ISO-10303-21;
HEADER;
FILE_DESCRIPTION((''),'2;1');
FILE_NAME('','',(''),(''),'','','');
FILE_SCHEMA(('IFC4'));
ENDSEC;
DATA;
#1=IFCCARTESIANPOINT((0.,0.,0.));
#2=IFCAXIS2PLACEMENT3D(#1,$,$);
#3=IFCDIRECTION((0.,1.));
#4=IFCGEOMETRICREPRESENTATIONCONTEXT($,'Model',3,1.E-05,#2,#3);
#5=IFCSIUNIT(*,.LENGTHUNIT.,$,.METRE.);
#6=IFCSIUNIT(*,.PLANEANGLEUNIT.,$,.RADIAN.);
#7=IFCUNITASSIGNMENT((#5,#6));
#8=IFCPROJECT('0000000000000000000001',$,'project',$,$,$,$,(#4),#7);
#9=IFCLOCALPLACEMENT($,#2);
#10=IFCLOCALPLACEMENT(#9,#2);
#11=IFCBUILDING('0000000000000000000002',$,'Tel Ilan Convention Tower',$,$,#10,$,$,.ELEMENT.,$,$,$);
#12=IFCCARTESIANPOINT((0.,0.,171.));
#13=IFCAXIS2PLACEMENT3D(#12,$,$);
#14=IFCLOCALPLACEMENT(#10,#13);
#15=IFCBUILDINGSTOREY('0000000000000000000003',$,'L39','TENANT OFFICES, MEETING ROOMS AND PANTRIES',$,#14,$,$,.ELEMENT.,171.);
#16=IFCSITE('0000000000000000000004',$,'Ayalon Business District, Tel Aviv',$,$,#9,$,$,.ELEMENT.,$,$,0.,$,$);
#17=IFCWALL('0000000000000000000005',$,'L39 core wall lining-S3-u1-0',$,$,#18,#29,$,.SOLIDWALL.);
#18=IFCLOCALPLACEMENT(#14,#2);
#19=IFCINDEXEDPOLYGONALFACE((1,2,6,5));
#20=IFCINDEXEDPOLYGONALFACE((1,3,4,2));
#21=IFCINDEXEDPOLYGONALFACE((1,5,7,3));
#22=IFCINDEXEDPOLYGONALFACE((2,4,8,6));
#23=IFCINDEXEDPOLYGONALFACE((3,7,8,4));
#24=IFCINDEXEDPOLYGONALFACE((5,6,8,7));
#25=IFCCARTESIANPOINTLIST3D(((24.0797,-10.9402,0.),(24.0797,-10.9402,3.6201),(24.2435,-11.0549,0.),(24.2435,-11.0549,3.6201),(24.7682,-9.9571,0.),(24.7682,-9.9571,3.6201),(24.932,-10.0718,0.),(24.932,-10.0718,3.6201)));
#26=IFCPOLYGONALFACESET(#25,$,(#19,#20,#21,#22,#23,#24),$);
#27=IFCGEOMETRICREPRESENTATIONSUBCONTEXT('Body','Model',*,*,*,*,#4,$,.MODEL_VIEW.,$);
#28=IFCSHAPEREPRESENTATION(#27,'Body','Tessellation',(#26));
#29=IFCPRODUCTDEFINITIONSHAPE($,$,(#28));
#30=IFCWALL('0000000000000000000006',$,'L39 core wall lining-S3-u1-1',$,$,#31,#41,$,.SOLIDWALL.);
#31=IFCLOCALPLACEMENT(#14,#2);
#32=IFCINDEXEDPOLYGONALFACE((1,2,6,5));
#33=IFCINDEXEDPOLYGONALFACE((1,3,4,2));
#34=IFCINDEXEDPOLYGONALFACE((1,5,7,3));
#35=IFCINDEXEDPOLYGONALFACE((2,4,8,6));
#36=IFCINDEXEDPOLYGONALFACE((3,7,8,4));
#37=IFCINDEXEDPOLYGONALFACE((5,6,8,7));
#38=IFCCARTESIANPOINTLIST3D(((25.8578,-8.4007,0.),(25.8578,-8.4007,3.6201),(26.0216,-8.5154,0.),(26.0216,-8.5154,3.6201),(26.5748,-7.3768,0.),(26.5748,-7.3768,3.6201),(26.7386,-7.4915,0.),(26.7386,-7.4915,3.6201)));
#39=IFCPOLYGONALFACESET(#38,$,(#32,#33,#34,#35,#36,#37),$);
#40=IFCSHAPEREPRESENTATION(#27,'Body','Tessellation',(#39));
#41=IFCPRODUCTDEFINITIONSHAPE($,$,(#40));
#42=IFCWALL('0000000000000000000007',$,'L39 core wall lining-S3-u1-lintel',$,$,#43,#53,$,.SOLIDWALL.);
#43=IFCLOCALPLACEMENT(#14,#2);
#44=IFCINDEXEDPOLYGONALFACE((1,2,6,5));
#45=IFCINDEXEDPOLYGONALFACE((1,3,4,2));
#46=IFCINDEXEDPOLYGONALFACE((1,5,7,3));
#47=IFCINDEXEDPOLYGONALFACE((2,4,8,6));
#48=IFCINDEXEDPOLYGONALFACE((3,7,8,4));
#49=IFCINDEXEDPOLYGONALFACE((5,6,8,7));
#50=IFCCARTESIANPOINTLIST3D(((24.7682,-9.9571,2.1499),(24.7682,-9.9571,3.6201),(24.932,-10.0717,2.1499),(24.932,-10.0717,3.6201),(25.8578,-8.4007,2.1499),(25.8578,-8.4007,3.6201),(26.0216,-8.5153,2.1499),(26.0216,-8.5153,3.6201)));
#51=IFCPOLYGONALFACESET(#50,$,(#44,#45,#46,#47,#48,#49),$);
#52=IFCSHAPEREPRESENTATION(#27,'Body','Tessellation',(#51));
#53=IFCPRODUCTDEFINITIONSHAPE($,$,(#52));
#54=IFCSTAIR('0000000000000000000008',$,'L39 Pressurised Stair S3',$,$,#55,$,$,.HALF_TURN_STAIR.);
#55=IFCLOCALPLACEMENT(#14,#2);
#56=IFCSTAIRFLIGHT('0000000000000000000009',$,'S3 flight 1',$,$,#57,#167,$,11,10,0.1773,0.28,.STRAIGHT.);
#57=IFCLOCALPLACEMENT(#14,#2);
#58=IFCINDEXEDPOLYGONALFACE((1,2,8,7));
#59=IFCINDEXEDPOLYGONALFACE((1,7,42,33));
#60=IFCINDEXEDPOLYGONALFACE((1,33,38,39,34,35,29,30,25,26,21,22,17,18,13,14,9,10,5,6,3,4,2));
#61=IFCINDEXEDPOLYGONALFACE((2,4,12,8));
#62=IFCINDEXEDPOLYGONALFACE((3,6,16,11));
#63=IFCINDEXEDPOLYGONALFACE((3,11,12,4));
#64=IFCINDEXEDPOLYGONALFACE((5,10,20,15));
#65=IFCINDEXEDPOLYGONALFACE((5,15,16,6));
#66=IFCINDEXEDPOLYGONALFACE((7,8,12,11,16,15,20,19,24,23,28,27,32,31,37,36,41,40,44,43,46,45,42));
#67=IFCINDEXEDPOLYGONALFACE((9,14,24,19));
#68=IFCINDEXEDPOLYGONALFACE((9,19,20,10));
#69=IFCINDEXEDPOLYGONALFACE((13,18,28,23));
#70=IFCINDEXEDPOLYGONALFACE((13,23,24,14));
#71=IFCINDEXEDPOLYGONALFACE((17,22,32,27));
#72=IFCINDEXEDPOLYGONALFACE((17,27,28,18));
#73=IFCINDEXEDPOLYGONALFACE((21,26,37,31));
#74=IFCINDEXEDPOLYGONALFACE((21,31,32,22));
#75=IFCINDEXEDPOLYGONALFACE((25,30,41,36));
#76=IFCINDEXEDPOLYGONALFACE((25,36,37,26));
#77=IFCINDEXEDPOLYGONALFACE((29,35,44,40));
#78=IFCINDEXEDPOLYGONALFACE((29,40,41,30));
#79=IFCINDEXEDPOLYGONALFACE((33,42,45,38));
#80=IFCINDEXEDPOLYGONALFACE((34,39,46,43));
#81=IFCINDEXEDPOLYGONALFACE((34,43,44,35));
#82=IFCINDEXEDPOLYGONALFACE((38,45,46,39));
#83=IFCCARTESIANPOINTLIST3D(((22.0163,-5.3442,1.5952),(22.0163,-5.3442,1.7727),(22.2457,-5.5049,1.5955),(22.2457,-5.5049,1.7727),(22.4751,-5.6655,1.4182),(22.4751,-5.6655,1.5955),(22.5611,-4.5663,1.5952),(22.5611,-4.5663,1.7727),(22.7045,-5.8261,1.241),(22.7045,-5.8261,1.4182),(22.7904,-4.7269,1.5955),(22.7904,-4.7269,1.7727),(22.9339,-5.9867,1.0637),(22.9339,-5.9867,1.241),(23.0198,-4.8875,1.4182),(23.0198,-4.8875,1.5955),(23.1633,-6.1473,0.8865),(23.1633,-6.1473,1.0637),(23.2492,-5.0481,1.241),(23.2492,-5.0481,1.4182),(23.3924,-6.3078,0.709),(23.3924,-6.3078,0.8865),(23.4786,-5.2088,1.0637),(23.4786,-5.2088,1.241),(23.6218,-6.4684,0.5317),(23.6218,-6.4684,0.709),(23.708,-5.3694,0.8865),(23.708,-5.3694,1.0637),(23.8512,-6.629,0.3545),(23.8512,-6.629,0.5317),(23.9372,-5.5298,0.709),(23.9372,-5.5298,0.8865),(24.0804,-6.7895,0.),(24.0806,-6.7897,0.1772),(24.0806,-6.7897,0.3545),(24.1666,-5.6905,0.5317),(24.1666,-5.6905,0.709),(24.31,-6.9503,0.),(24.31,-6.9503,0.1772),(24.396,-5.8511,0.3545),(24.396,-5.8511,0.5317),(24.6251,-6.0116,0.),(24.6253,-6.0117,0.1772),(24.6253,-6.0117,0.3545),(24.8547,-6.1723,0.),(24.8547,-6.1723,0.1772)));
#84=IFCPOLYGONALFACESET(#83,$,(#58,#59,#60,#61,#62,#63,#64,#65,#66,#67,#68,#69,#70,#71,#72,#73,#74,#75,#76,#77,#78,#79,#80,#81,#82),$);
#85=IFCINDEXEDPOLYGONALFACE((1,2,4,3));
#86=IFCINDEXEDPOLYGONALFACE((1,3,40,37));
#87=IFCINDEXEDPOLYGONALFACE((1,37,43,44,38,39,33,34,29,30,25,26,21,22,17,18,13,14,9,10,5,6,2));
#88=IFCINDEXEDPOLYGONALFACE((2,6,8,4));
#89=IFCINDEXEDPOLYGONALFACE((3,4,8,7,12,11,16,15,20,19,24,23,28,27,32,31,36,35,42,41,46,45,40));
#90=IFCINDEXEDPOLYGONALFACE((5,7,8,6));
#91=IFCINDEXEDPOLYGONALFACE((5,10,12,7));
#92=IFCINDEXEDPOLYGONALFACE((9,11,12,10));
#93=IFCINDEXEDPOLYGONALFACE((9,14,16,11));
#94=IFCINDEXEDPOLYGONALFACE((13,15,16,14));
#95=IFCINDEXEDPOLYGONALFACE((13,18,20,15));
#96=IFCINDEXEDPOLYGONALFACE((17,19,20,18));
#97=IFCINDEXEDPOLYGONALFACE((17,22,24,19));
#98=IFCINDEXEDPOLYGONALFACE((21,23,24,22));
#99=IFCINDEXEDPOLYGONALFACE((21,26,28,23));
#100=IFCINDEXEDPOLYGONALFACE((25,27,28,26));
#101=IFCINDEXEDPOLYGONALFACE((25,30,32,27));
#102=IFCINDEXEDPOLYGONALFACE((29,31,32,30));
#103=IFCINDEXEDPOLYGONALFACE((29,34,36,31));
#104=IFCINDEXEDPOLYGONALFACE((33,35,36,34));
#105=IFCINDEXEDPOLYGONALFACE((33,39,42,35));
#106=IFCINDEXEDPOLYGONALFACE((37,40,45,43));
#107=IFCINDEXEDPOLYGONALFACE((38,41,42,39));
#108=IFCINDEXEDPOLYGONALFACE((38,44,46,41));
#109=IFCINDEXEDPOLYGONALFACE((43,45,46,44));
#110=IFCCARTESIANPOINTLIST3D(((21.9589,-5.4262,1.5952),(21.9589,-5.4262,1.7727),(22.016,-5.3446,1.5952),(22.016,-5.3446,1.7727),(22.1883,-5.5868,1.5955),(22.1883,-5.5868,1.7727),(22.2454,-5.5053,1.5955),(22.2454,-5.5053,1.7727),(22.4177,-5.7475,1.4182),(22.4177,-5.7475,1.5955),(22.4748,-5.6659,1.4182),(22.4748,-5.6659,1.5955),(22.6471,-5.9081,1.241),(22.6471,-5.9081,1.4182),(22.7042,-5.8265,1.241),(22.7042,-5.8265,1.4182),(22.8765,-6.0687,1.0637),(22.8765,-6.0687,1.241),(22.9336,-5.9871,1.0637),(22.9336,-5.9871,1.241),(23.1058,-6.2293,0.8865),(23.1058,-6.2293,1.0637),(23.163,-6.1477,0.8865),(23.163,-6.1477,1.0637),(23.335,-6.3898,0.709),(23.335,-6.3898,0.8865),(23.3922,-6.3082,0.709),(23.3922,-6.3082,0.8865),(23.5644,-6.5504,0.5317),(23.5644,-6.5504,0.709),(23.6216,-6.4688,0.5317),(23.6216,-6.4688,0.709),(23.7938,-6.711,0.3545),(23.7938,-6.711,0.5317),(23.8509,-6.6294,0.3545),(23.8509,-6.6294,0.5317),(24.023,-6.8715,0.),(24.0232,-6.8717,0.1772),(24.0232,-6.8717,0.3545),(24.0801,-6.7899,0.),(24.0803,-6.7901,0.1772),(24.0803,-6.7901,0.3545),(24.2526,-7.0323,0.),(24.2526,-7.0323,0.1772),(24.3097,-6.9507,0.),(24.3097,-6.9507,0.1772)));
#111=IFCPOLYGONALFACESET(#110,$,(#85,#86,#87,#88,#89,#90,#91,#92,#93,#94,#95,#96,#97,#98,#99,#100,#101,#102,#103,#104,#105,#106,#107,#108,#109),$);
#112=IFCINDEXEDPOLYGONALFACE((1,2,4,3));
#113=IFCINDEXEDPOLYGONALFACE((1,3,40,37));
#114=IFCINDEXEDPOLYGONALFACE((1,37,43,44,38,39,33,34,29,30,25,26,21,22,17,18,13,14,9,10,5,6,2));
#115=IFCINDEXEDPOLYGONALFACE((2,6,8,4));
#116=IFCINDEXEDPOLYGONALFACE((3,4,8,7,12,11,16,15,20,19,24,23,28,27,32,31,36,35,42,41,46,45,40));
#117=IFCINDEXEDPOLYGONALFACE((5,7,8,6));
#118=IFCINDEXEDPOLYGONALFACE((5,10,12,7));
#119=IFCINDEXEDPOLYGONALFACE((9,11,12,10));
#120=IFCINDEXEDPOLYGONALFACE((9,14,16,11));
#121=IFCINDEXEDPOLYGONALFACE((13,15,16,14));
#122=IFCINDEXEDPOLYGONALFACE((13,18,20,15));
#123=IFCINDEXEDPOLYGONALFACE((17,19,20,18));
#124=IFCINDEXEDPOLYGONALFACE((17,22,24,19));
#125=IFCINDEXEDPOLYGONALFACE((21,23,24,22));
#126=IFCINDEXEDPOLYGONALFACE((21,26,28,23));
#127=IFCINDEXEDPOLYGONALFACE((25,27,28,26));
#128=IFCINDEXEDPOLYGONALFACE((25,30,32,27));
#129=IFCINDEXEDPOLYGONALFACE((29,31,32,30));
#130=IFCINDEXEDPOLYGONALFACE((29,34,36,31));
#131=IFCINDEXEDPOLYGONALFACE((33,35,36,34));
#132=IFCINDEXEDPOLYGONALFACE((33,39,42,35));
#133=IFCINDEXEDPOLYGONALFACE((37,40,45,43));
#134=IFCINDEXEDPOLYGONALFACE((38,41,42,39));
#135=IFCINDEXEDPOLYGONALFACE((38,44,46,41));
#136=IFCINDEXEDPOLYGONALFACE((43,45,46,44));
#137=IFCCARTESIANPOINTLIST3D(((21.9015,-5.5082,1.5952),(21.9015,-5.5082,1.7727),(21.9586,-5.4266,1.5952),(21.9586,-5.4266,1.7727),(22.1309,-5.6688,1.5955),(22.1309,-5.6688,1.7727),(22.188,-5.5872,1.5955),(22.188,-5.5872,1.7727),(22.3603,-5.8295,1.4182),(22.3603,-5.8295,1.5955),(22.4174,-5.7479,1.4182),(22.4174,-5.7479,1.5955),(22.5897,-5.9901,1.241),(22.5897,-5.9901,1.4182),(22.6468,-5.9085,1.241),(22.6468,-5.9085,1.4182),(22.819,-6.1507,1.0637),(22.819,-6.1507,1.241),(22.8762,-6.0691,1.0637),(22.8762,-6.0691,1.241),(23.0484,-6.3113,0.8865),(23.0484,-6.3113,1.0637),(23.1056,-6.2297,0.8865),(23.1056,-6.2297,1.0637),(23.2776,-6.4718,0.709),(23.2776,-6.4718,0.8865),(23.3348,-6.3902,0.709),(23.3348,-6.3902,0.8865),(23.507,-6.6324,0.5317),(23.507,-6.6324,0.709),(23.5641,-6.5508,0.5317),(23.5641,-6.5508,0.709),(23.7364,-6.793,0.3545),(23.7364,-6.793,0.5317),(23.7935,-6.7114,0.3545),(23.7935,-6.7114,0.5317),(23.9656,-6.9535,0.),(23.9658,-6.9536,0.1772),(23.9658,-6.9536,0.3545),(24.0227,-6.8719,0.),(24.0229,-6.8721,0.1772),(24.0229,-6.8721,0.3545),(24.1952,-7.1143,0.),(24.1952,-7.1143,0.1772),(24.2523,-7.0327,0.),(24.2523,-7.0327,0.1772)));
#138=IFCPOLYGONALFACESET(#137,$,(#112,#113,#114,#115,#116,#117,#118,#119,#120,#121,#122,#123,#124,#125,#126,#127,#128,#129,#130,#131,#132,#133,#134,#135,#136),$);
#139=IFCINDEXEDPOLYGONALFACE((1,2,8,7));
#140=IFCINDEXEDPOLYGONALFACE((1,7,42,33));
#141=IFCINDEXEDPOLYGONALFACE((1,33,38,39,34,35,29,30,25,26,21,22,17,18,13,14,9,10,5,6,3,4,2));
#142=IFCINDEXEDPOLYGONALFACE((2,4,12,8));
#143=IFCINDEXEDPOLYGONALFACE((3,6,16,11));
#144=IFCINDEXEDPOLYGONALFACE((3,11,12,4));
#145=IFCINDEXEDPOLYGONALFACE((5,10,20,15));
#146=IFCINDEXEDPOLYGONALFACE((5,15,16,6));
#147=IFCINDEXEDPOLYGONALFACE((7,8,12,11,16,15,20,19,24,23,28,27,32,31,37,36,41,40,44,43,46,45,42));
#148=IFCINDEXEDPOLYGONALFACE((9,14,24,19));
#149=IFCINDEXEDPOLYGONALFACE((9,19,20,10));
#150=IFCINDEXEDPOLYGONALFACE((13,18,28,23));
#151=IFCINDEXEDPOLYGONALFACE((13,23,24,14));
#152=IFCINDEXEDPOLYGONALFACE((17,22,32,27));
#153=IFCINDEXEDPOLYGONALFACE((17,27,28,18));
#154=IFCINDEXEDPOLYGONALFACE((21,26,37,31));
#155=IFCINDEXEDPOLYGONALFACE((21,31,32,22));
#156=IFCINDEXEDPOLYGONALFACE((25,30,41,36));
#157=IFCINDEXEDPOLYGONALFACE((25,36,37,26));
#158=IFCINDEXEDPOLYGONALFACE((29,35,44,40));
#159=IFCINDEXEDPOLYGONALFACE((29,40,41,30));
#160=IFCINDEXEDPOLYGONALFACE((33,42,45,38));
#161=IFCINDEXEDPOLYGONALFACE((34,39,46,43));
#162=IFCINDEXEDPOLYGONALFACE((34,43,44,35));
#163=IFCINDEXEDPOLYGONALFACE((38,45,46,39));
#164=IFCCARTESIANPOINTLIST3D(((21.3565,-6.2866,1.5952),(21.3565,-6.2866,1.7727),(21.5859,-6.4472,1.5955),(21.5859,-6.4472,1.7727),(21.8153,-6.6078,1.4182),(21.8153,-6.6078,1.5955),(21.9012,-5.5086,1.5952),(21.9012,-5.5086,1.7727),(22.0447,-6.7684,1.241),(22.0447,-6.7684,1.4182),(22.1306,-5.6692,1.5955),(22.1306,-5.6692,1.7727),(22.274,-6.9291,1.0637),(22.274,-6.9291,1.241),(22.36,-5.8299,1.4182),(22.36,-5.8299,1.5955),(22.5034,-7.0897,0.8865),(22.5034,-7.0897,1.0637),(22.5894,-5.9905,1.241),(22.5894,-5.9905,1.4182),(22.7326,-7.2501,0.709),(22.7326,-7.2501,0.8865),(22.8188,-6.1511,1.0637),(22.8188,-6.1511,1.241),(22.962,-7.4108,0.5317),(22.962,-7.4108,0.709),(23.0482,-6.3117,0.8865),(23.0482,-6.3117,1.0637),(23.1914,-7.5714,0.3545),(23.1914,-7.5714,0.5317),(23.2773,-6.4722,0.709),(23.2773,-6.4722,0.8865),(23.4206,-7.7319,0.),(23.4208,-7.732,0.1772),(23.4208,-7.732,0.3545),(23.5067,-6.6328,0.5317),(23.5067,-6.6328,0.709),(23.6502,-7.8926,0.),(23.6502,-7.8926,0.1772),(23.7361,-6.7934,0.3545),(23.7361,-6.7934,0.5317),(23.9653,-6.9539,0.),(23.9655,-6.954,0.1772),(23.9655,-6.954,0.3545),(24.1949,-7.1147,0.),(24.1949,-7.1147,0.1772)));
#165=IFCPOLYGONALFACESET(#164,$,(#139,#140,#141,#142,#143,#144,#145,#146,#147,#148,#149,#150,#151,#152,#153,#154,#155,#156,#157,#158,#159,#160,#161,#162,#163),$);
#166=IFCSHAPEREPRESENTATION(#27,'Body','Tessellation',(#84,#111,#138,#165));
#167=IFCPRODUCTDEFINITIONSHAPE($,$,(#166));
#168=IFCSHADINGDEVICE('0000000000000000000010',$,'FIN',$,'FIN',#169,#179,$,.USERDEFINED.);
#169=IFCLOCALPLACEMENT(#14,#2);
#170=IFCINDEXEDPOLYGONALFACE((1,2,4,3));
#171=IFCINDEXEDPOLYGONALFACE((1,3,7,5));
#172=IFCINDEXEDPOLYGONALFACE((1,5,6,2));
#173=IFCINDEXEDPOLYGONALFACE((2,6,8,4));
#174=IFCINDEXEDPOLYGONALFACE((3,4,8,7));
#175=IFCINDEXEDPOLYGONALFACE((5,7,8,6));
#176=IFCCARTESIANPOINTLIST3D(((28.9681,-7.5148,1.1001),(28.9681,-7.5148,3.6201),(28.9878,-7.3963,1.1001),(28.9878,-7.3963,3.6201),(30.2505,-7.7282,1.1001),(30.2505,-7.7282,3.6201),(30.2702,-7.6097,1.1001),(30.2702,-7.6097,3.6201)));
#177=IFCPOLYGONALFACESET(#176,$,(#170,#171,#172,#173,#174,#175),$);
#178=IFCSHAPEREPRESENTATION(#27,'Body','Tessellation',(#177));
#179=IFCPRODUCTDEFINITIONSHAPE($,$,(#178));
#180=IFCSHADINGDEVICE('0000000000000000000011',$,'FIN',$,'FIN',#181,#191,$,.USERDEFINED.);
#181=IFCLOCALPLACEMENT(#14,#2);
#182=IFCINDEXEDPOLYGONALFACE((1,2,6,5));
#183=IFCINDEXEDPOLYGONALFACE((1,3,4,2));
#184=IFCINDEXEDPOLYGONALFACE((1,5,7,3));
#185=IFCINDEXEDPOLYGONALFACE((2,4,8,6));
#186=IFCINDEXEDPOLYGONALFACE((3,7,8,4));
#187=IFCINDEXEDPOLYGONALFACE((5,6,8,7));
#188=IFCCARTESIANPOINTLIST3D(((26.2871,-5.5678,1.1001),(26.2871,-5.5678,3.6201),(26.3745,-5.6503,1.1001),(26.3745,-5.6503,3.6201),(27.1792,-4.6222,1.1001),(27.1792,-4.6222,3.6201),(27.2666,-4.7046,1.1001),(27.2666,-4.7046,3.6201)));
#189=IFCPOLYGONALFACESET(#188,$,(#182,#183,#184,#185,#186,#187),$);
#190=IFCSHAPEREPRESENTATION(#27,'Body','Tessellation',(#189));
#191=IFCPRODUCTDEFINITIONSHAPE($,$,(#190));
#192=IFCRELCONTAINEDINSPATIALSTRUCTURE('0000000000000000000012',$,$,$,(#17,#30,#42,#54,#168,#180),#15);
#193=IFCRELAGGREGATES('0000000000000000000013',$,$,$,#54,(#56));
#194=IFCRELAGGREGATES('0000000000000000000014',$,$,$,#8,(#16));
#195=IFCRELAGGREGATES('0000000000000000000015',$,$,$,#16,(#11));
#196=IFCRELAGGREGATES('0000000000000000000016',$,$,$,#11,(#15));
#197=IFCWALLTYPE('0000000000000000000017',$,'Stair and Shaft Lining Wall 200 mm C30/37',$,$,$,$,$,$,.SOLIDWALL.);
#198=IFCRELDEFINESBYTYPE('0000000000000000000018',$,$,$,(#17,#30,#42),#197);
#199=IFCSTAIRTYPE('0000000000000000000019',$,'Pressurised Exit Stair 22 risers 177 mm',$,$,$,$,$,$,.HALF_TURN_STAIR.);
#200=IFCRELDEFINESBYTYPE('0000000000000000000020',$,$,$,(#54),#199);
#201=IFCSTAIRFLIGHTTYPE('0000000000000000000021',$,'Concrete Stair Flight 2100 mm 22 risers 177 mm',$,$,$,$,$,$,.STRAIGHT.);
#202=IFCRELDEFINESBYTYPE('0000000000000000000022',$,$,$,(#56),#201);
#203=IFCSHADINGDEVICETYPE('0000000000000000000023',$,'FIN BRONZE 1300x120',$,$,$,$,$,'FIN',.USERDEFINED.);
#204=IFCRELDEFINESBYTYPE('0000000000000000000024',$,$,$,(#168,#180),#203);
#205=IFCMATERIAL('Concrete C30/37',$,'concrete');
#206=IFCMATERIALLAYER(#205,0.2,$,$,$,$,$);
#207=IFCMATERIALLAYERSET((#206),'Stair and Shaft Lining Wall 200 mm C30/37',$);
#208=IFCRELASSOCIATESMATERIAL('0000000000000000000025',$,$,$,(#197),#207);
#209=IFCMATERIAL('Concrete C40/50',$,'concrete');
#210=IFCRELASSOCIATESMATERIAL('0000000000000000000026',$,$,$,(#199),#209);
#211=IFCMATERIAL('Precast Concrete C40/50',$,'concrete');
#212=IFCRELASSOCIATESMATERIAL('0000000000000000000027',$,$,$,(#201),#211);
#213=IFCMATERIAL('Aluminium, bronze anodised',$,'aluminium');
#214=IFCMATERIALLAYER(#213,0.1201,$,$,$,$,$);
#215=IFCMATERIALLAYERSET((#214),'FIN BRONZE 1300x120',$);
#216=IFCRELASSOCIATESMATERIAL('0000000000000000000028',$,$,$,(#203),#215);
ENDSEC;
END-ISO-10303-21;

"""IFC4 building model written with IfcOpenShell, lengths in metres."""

from ifc_helpers import new_model, si_unit, direction, frame, frame_2d, origin, origin_2d, place, context, subcontext, project, spatial, polyline, rectangle, outline, extrude, material, layer, layer_set, type_object, element, aggregate, save


model = new_model("IFC4")

# Units and contexts
model_context = context("Model", 3, precision=1e-05, world=origin(), true_north=direction((0.0, 1.0)))
body_context = subcontext(model_context, "Body", "Model", "MODEL_VIEW")
ifc_project = project(units=[si_unit("LENGTHUNIT", "METRE"), si_unit("PLANEANGLEUNIT", "RADIAN")], contexts=[model_context])

# Site, building, storey
site_placement = place(None, origin())
site = spatial("IfcSite", under=ifc_project, at=site_placement, Name="Ayalon Business District, Tel Aviv", CompositionType="ELEMENT", RefElevation=0.0)
building_placement = place(site_placement, origin())
building = spatial("IfcBuilding", under=site, at=building_placement, Name="Tel Ilan Convention Tower", CompositionType="ELEMENT")
storey_placement = place(building_placement, frame((0.0, 0.0, 171.0)))
storey = spatial("IfcBuildingStorey", under=building, at=storey_placement, Name="L39", Description="TENANT OFFICES, MEETING ROOMS AND PANTRIES", CompositionType="ELEMENT", Elevation=171.0)

# Walls
ifc_material_1 = material(Name="Concrete C30/37", Category="concrete")
ifc_layer_1 = layer(ifc_material_1, 0.2)
ifc_layer_set_1 = layer_set([ifc_layer_1], Name="Stair and Shaft Lining Wall 200 mm C30/37")
wall_type_1 = type_object("IfcWallType", Name="Stair and Shaft Lining Wall 200 mm C30/37", PredefinedType="SOLIDWALL", material=ifc_layer_set_1)
wall_1_placement = place(storey_placement, frame((24.1616, -10.9976, 0.0), z_axis=(0.0, 0.0, 1.0), x_axis=(0.573613, 0.819127, 0.0)))
element("IfcWall", 1, at=wall_1_placement, inside=storey, type_object=wall_type_1, Name="L39 core wall lining-S3-u1-0", PredefinedType="SOLIDWALL", context=body_context, shape_type="SweptSolid", body=[
    extrude(rectangle(XDim=1.2002, YDim=0.2, at=frame_2d((0.6001, 0.0))), origin(), (0.0, 0.0, 1.0), 3.6201),
])
wall_2_placement = place(storey_placement, frame((25.9397, -8.458, 0.0), z_axis=(0.0, 0.0, 1.0), x_axis=(0.57362, 0.819122, 0.0)))
element("IfcWall", 2, at=wall_2_placement, inside=storey, type_object=wall_type_1, Name="L39 core wall lining-S3-u1-1", PredefinedType="SOLIDWALL", context=body_context, shape_type="SweptSolid", body=[
    extrude(rectangle(XDim=1.25, YDim=0.2, at=frame_2d((0.625, 0.0))), origin(), (0.0, 0.0, 1.0), 3.6201),
])
wall_3_placement = place(storey_placement, frame((24.8501, -10.0144, 2.1499), z_axis=(0.0, 0.0, 1.0), x_axis=(0.573505, 0.819202, 0.0)))
element("IfcWall", 3, at=wall_3_placement, inside=storey, type_object=wall_type_1, Name="L39 core wall lining-S3-u1-lintel", PredefinedType="SOLIDWALL", context=body_context, shape_type="SweptSolid", body=[
    extrude(rectangle(XDim=1.8999, YDim=0.2, at=frame_2d((0.95, 0.0))), origin(), (0.0, 0.0, 1.0), 1.4702),
])

# Stair, stair flight
ifc_material_2 = material(Name="Concrete C40/50", Category="concrete")
stair_type = type_object("IfcStairType", Name="Pressurised Exit Stair 22 risers 177 mm", PredefinedType="HALF_TURN_STAIR", material=ifc_material_2)
stair_placement = place(storey_placement, origin())
stair = element("IfcStair", 4, at=stair_placement, inside=storey, type_object=stair_type, Name="L39 Pressurised Stair S3", PredefinedType="HALF_TURN_STAIR")
ifc_material_3 = material(Name="Precast Concrete C40/50", Category="concrete")
stair_flight_type = type_object("IfcStairFlightType", Name="Concrete Stair Flight 2100 mm 22 risers 177 mm", PredefinedType="STRAIGHT", material=ifc_material_3)
stair_flight_placement = place(storey_placement, frame((24.2524, -7.0325, 0.0), z_axis=(0.0, 0.0, 1.0), x_axis=(-0.819152, 0.573576, 0.0)))
stair_flight = element("IfcStairFlight", 5, at=stair_flight_placement, type_object=stair_flight_type, Name="S3 flight 1", NumberOfRisers=11, NumberOfTreads=10, PredefinedType="STRAIGHT", RiserHeight=0.1773, TreadLength=0.28, context=body_context, shape_type="SweptSolid", body=[
    extrude(outline(polyline([(0.0, 0.0), (0.0, 0.1772), (0.28, 0.1772), (0.28, 0.3545), (0.5601, 0.3545), (0.5601, 0.5317), (0.8401, 0.5317), (0.8401, 0.709), (1.1201, 0.709), (1.1201, 0.8865), (1.3999, 0.8865), (1.3999, 1.0637), (1.6799, 1.0637), (1.6799, 1.241), (1.96, 1.241), (1.96, 1.4182), (2.24, 1.4182), (2.24, 1.5955), (2.52, 1.5955), (2.52, 1.7727), (2.8, 1.7727), (2.8, 1.95), (2.8, 1.5952), (0.2803, 0.0), (0.0, 0.0)])), frame((0.0, -0.1003, 0.0), z_axis=(0.0, -1.0, 0.0), x_axis=(1.0, 0.0, 0.0)), (0.0, 0.0, 1.0), 0.9497),
    extrude(outline(polyline([(0.0, 0.0), (0.0, 0.1772), (0.28, 0.1772), (0.28, 0.3545), (0.5601, 0.3545), (0.5601, 0.5317), (0.8401, 0.5317), (0.8401, 0.709), (1.1201, 0.709), (1.1201, 0.8865), (1.3999, 0.8865), (1.3999, 1.0637), (1.6799, 1.0637), (1.6799, 1.241), (1.96, 1.241), (1.96, 1.4182), (2.24, 1.4182), (2.24, 1.5955), (2.52, 1.5955), (2.52, 1.7727), (2.8, 1.7727), (2.8, 1.95), (2.8, 1.5952), (0.2803, 0.0), (0.0, 0.0)])), frame((0.0, -0.0002, 0.0), z_axis=(0.0, -1.0, 0.0), x_axis=(1.0, 0.0, 0.0)), (0.0, 0.0, 1.0), 0.0996),
    extrude(outline(polyline([(0.0, 0.0), (0.0, 0.1772), (0.28, 0.1772), (0.28, 0.3545), (0.5601, 0.3545), (0.5601, 0.5317), (0.8401, 0.5317), (0.8401, 0.709), (1.1201, 0.709), (1.1201, 0.8865), (1.3999, 0.8865), (1.3999, 1.0637), (1.6799, 1.0637), (1.6799, 1.241), (1.96, 1.241), (1.96, 1.4182), (2.24, 1.4182), (2.24, 1.5955), (2.52, 1.5955), (2.52, 1.7727), (2.8, 1.7727), (2.8, 1.95), (2.8, 1.5952), (0.2803, 0.0), (0.0, 0.0)])), frame((0.0, 0.0999, 0.0), z_axis=(0.0, -1.0, 0.0), x_axis=(1.0, 0.0, 0.0)), (0.0, 0.0, 1.0), 0.0996),
    extrude(outline(polyline([(0.0, 0.0), (0.0, 0.1772), (0.28, 0.1772), (0.28, 0.3545), (0.5601, 0.3545), (0.5601, 0.5317), (0.8401, 0.5317), (0.8401, 0.709), (1.1201, 0.709), (1.1201, 0.8865), (1.3999, 0.8865), (1.3999, 1.0637), (1.6799, 1.0637), (1.6799, 1.241), (1.96, 1.241), (1.96, 1.4182), (2.24, 1.4182), (2.24, 1.5955), (2.52, 1.5955), (2.52, 1.7727), (2.8, 1.7727), (2.8, 1.95), (2.8, 1.5952), (0.2803, 0.0), (0.0, 0.0)])), frame((0.0, 1.05, 0.0), z_axis=(0.0, -1.0, 0.0), x_axis=(1.0, 0.0, 0.0)), (0.0, 0.0, 1.0), 0.9497),
])
aggregate(stair, [stair_flight])

# Shading devices
ifc_material_4 = material(Name="Aluminium, bronze anodised", Category="aluminium")
ifc_layer_2 = layer(ifc_material_4, 0.1201)
ifc_layer_set_2 = layer_set([ifc_layer_2], Name="FIN BRONZE 1300x120")
shading_device_type = type_object("IfcShadingDeviceType", Name="FIN BRONZE 1300x120", ElementType="FIN", PredefinedType="USERDEFINED", material=ifc_layer_set_2)
for number, where, z_axis, x_axis, name in (
    (6, (29.6191, -7.5623, 1.1001), (0.0, 0.0, 1.0), (0.986445, -0.164091, 0.0), "FIN"),
    (7, (26.7769, -5.1362, 1.1001), (0.0, 0.0, 1.0), (0.686242, 0.727374, 0.0), "FIN"),
):
    element("IfcShadingDevice", number, at=place(storey_placement, frame(where, z_axis=z_axis, x_axis=x_axis)), inside=storey, type_object=shading_device_type, Name=name, ObjectType="FIN", PredefinedType="USERDEFINED", context=body_context, shape_type="SweptSolid", body=[
        extrude(rectangle(XDim=1.3, YDim=0.1201, at=origin_2d()), origin(), (0.0, 0.0, 1.0), 2.52),
    ])

save(model, "model.ifc")
